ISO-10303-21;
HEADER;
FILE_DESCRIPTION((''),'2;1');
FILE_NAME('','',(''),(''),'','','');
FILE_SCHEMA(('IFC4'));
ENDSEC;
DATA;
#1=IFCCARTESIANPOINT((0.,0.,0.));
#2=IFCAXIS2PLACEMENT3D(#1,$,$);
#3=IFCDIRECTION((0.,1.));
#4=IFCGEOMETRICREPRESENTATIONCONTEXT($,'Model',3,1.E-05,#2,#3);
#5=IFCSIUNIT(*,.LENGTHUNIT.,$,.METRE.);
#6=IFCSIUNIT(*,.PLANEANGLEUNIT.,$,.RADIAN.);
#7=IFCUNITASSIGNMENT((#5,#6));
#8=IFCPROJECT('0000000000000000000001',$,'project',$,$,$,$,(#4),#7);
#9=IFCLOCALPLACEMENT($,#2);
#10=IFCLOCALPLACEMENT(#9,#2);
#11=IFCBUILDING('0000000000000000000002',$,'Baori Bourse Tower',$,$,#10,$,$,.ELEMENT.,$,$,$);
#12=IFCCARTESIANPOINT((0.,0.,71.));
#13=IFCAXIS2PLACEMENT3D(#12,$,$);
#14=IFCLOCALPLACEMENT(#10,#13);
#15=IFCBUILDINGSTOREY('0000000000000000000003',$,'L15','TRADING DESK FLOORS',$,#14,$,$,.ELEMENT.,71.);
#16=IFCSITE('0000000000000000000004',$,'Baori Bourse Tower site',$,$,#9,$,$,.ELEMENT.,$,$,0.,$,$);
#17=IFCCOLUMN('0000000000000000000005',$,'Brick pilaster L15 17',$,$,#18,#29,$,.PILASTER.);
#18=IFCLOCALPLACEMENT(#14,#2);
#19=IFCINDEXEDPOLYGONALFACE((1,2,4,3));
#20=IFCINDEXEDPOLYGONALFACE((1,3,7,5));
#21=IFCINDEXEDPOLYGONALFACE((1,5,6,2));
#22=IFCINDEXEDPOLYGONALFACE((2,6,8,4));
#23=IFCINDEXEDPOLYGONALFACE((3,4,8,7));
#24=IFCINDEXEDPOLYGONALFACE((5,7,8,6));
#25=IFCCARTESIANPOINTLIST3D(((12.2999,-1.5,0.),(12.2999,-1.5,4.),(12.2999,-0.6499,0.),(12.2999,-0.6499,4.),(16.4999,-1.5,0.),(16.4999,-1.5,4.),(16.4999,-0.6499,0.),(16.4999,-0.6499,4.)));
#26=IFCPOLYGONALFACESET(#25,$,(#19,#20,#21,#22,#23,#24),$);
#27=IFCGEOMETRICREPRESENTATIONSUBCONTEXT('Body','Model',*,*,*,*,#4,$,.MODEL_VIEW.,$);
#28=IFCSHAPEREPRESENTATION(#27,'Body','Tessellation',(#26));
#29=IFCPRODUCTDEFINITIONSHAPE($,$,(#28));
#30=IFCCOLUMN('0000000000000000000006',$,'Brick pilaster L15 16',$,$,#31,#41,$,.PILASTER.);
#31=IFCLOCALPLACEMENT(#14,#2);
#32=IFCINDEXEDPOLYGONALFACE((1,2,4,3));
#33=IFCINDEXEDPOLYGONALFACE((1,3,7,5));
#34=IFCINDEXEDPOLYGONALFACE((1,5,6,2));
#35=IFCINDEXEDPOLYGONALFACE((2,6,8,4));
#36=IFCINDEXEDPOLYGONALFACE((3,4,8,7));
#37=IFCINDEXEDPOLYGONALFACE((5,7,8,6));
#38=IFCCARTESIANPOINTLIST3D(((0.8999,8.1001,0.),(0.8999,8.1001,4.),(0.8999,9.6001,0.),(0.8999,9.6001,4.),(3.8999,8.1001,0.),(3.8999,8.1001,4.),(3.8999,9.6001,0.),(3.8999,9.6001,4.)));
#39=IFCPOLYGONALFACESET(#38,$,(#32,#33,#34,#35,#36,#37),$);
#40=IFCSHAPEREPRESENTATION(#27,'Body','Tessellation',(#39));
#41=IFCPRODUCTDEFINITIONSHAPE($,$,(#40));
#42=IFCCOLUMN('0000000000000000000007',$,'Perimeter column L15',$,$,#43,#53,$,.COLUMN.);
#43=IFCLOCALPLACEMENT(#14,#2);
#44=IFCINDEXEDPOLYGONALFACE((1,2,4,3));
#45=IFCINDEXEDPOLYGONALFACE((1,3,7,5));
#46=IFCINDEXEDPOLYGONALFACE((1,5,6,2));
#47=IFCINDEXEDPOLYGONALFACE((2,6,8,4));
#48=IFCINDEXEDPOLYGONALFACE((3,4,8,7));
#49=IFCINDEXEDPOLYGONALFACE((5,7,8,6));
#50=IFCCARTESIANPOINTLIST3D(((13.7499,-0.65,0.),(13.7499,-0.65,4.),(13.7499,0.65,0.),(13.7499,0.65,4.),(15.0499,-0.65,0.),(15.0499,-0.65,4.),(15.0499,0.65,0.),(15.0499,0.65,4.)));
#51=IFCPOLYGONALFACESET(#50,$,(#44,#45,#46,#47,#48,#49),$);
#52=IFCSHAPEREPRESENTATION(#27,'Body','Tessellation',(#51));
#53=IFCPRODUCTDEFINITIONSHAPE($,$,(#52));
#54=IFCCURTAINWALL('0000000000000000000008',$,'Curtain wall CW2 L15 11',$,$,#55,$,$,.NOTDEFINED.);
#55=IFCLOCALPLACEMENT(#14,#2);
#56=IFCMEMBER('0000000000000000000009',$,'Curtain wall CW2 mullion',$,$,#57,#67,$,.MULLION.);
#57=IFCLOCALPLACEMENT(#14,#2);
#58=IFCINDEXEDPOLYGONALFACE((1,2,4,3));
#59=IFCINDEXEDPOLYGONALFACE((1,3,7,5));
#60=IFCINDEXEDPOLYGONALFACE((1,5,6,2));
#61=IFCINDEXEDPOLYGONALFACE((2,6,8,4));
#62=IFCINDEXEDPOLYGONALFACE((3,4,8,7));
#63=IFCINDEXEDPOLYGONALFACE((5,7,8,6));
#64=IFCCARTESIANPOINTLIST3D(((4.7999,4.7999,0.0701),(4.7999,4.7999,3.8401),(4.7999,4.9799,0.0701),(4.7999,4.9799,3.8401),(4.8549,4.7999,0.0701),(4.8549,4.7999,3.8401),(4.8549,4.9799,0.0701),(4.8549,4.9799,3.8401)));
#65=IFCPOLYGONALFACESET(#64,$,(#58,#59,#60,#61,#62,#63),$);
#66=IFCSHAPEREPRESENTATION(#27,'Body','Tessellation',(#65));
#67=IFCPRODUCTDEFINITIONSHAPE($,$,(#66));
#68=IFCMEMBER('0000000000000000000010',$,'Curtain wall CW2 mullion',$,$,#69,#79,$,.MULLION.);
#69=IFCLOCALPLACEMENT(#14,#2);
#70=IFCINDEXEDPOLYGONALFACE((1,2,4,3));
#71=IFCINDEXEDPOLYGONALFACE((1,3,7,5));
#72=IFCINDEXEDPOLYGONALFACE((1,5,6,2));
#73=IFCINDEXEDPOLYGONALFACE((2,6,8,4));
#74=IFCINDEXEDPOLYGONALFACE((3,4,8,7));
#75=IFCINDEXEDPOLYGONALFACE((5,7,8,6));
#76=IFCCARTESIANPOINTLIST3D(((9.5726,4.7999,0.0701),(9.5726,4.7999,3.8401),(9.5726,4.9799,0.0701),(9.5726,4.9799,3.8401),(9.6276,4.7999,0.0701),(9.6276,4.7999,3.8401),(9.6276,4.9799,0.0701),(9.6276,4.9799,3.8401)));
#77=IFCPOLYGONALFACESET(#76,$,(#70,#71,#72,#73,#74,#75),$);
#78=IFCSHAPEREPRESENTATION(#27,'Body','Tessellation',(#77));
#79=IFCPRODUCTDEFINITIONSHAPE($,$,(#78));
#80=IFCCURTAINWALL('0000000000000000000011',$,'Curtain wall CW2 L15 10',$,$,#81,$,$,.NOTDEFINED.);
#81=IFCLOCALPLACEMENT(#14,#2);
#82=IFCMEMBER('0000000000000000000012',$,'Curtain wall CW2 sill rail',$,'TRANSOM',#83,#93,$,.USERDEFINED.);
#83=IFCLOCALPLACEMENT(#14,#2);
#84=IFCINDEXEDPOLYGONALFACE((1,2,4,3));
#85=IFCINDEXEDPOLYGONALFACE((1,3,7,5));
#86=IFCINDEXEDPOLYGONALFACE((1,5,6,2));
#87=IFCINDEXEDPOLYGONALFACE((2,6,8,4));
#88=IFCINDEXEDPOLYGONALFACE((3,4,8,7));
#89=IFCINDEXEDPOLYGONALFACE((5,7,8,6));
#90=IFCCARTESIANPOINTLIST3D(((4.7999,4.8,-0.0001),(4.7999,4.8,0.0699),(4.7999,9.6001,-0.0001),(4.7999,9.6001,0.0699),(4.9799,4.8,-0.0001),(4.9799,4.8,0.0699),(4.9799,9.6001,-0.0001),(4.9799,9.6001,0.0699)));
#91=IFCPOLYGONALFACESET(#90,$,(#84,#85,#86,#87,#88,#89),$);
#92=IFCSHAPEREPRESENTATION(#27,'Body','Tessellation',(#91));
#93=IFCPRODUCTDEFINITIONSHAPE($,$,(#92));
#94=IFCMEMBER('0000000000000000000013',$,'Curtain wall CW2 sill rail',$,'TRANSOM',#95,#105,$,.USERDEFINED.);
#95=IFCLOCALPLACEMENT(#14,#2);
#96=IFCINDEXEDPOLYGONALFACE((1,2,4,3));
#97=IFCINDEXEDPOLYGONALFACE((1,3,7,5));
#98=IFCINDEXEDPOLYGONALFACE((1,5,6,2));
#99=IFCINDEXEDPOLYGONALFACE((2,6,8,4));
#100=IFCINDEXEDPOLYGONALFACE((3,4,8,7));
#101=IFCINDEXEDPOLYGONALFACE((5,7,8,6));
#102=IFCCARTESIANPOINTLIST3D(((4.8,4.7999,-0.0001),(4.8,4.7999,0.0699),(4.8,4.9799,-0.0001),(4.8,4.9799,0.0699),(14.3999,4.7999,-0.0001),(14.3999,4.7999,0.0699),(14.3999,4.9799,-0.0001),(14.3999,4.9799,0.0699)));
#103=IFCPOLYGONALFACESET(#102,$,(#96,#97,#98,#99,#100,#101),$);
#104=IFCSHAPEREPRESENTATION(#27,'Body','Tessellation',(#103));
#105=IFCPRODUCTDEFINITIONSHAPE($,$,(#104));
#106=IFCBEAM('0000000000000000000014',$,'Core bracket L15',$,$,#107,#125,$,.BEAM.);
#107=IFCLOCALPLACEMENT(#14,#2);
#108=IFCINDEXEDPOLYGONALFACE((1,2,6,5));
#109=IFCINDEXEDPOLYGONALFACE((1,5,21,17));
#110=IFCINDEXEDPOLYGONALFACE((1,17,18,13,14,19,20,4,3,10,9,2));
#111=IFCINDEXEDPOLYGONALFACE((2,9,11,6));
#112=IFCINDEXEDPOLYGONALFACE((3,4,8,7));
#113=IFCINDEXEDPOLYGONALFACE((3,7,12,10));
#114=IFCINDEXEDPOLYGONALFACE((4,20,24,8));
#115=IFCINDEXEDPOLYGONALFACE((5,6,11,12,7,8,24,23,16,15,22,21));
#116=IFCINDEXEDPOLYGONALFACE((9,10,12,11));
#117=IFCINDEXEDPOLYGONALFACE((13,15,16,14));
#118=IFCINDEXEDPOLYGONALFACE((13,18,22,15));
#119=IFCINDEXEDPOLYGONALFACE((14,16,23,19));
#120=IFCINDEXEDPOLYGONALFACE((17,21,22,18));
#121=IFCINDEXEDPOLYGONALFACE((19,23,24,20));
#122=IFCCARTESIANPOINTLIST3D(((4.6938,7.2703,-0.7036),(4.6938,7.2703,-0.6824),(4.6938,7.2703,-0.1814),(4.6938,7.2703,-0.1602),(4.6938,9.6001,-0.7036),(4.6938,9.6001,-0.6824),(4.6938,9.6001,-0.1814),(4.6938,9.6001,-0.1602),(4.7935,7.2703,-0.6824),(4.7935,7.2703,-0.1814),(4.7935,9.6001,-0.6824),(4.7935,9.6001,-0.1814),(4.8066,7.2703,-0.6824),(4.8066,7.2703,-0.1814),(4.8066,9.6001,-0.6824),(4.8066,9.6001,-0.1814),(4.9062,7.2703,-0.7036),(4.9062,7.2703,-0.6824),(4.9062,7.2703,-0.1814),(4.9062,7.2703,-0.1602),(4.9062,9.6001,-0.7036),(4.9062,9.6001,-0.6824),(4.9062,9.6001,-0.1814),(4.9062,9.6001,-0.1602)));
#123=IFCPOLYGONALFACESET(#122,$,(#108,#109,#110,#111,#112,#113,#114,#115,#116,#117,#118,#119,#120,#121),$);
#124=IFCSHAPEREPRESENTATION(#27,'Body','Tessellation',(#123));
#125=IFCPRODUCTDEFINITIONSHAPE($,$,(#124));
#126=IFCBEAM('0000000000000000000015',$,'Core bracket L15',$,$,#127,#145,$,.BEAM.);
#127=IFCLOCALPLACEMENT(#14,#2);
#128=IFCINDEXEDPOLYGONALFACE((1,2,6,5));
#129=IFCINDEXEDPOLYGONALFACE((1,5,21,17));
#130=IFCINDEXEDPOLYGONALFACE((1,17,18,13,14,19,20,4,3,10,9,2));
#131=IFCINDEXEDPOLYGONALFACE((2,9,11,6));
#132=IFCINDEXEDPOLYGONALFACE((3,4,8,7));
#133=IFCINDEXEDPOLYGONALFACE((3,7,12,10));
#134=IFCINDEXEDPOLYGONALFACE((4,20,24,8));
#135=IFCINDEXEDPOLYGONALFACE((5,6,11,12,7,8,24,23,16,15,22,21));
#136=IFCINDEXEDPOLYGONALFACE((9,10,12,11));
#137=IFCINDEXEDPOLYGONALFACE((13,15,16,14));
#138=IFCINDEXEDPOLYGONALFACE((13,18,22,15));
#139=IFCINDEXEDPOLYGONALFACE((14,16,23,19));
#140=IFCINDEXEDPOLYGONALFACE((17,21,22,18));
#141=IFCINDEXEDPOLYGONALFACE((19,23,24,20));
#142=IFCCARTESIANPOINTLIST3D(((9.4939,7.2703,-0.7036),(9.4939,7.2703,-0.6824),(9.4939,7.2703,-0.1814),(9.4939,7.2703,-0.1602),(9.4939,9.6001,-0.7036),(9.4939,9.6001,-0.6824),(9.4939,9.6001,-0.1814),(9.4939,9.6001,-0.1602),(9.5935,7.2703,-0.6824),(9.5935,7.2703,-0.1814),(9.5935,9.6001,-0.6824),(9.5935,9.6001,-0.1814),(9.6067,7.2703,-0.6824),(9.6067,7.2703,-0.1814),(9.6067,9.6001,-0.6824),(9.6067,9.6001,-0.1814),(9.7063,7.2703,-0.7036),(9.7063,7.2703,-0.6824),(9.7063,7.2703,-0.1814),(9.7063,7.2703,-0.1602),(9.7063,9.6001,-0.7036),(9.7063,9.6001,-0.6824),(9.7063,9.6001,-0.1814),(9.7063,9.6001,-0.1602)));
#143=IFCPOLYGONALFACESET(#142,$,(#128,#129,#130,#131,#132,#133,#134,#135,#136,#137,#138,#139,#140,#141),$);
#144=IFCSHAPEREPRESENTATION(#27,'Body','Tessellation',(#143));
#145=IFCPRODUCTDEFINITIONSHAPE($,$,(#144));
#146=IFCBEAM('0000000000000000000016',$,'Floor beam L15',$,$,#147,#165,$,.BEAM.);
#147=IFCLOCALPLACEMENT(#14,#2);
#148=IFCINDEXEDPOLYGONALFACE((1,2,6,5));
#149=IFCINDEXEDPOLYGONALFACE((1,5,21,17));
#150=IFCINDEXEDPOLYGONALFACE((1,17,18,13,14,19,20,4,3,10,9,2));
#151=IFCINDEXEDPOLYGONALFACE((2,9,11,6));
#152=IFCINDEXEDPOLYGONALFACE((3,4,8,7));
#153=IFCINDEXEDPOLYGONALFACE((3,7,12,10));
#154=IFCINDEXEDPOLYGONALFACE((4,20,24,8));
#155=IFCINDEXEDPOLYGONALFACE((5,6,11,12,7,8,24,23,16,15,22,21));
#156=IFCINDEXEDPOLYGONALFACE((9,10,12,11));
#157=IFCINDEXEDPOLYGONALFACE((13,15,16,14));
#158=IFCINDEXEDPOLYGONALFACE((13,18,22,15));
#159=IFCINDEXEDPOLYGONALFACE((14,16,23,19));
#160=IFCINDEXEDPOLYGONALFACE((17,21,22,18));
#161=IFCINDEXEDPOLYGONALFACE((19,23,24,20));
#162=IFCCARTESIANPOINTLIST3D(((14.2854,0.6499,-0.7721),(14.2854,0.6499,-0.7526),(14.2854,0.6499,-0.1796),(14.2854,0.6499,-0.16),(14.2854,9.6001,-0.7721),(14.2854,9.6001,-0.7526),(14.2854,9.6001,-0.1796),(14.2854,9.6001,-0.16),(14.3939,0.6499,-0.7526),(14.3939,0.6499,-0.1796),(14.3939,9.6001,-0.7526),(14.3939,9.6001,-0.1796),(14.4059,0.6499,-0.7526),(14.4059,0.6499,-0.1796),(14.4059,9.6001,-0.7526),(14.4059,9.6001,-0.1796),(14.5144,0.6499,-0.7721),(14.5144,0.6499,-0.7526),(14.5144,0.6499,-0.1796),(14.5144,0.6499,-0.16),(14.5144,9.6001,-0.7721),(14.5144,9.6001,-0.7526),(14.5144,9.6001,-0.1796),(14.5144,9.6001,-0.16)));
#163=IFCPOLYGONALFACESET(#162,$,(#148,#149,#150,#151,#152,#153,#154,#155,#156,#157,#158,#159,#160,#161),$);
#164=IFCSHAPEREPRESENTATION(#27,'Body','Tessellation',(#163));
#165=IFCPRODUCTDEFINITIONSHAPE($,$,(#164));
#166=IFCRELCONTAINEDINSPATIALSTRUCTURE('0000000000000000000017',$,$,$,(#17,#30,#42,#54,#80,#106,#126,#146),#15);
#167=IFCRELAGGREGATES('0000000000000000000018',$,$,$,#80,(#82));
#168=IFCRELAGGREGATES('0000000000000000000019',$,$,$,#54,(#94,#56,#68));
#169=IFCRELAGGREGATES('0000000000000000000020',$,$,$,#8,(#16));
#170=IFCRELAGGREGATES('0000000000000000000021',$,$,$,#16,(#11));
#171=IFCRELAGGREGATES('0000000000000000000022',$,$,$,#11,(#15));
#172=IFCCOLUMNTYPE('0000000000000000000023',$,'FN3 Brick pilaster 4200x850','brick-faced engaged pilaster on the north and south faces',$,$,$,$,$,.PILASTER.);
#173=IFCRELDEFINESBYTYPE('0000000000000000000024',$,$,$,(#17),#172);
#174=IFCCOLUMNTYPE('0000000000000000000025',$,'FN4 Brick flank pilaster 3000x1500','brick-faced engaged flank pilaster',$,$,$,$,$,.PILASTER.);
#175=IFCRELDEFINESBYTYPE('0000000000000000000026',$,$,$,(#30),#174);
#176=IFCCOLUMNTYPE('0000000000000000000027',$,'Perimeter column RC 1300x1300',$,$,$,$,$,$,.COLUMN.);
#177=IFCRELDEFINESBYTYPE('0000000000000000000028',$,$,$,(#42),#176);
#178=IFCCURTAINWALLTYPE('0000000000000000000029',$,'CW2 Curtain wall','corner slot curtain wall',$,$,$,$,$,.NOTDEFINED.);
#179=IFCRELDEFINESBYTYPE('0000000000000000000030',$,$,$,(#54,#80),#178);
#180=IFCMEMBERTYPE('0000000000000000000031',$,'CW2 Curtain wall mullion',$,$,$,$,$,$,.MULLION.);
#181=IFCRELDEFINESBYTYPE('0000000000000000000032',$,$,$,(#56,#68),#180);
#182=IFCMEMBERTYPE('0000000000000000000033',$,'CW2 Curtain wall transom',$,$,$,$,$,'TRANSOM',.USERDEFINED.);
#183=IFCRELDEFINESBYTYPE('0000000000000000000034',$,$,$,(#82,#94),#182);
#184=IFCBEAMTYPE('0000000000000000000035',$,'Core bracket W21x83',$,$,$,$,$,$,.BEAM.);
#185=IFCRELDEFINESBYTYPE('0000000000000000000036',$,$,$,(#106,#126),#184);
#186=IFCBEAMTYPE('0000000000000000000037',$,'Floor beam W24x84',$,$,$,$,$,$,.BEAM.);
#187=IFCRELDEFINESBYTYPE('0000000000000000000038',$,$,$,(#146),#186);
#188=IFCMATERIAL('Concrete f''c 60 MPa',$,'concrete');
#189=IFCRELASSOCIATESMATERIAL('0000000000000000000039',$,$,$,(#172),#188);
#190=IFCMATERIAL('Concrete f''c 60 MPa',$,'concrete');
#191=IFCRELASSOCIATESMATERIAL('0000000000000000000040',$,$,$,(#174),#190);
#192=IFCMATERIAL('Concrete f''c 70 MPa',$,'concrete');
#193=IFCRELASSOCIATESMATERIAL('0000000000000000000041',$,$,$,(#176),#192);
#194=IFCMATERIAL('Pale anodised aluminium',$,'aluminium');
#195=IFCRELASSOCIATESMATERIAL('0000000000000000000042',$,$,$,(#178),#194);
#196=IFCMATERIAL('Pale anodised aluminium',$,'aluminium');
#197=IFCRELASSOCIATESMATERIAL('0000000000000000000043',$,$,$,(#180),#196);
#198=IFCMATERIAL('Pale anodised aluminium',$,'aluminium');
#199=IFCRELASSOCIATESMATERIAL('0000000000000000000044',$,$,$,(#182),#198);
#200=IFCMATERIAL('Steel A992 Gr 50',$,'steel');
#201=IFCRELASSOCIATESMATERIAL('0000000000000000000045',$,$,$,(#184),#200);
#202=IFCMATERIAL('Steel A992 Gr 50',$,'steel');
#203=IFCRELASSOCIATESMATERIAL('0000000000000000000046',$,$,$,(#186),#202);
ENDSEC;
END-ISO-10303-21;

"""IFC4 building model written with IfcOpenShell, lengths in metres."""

from ifc_helpers import new_model, si_unit, direction, frame, origin, origin_2d, place, context, subcontext, project, spatial, rectangle, i_section, extrude, material, material_profile, profile_set, type_object, element, aggregate, save


model = new_model("IFC4")

# Units and contexts
model_context = context("Model", 3, precision=1e-05, world=origin(), true_north=direction((0.0, 1.0)))
body_context = subcontext(model_context, "Body", "Model", "MODEL_VIEW")
ifc_project = project(units=[si_unit("LENGTHUNIT", "METRE"), si_unit("PLANEANGLEUNIT", "RADIAN")], contexts=[model_context])

# Site, building, storey
site_placement = place(None, origin())
site = spatial("IfcSite", under=ifc_project, at=site_placement, Name="Baori Bourse Tower site", CompositionType="ELEMENT", RefElevation=0.0)
building_placement = place(site_placement, origin())
building = spatial("IfcBuilding", under=site, at=building_placement, Name="Baori Bourse Tower", CompositionType="ELEMENT")
storey_placement = place(building_placement, frame((0.0, 0.0, 71.0)))
storey = spatial("IfcBuildingStorey", under=building, at=storey_placement, Name="L15", Description="TRADING DESK FLOORS", CompositionType="ELEMENT", Elevation=71.0)

# Columns
ifc_material_1 = material(Name="Concrete f'c 60 MPa", Category="concrete")
ifc_material_profile_1 = material_profile(ifc_material_1, rectangle(XDim=4.2, YDim=0.8501, at=origin_2d()), Name="RC 4200x850")
ifc_profile_set_1 = profile_set([ifc_material_profile_1], Name="Concrete f'c 60 MPa")
column_type_1 = type_object("IfcColumnType", Name="FN3 Brick pilaster 4200x850", Description="brick-faced engaged pilaster on the north and south faces", PredefinedType="PILASTER", material=ifc_profile_set_1)
column_1_placement = place(storey_placement, frame((14.3999, -1.075, 0.0), z_axis=(0.0, 0.0, 1.0), x_axis=(1.0, 0.0, 0.0)))
element("IfcColumn", 1, at=column_1_placement, inside=storey, type_object=column_type_1, Name="Brick pilaster L15 17", PredefinedType="PILASTER", context=body_context, shape_type="SweptSolid", body=[
    extrude(rectangle(XDim=4.2, YDim=0.8501, at=origin_2d()), origin(), (0.0, 0.0, 1.0), 4.0),
])
ifc_material_2 = material(Name="Concrete f'c 60 MPa", Category="concrete")
ifc_material_profile_2 = material_profile(ifc_material_2, rectangle(XDim=3.0, YDim=1.5, at=origin_2d()), Name="RC 3000x1500")
ifc_profile_set_2 = profile_set([ifc_material_profile_2], Name="Concrete f'c 60 MPa")
column_type_2 = type_object("IfcColumnType", Name="FN4 Brick flank pilaster 3000x1500", Description="brick-faced engaged flank pilaster", PredefinedType="PILASTER", material=ifc_profile_set_2)
column_2_placement = place(storey_placement, frame((2.3999, 8.8501, 0.0), z_axis=(0.0, 0.0, 1.0), x_axis=(1.0, 0.0, 0.0)))
element("IfcColumn", 2, at=column_2_placement, inside=storey, type_object=column_type_2, Name="Brick pilaster L15 16", PredefinedType="PILASTER", context=body_context, shape_type="SweptSolid", body=[
    extrude(rectangle(XDim=3.0, YDim=1.5, at=origin_2d()), origin(), (0.0, 0.0, 1.0), 4.0),
])
ifc_material_3 = material(Name="Concrete f'c 70 MPa", Category="concrete")
ifc_material_profile_3 = material_profile(ifc_material_3, rectangle(XDim=1.3, YDim=1.3, at=origin_2d()), Name="RC 1300x1300")
ifc_profile_set_3 = profile_set([ifc_material_profile_3], Name="Concrete f'c 70 MPa")
column_type_3 = type_object("IfcColumnType", Name="Perimeter column RC 1300x1300", PredefinedType="COLUMN", material=ifc_profile_set_3)
column_3_placement = place(storey_placement, frame((14.3999, 0.0, 0.0), z_axis=(0.0, 0.0, 1.0), x_axis=(1.0, 0.0, 0.0)))
element("IfcColumn", 3, at=column_3_placement, inside=storey, type_object=column_type_3, Name="Perimeter column L15", PredefinedType="COLUMN", context=body_context, shape_type="SweptSolid", body=[
    extrude(rectangle(XDim=1.3, YDim=1.3, at=origin_2d()), origin(), (0.0, 0.0, 1.0), 4.0),
])

# Curtain wall, members
ifc_material_4 = material(Name="Pale anodised aluminium", Category="aluminium")
curtain_wall_type = type_object("IfcCurtainWallType", Name="CW2 Curtain wall", Description="corner slot curtain wall", PredefinedType="NOTDEFINED", material=ifc_material_4)
curtain_wall_1_placement = place(storey_placement, origin())
curtain_wall_1 = element("IfcCurtainWall", 4, at=curtain_wall_1_placement, inside=storey, type_object=curtain_wall_type, Name="Curtain wall CW2 L15 11", PredefinedType="NOTDEFINED")
ifc_material_5 = material(Name="Pale anodised aluminium", Category="aluminium")
ifc_material_profile_4 = material_profile(ifc_material_5, rectangle(XDim=0.1799, YDim=0.0549, at=origin_2d()), Name="Mullion 55x180")
ifc_profile_set_4 = profile_set([ifc_material_profile_4], Name="Pale anodised aluminium")
member_type_1 = type_object("IfcMemberType", Name="CW2 Curtain wall mullion", PredefinedType="MULLION", material=ifc_profile_set_4)
member_1_placement = place(storey_placement, frame((4.8274, 4.8899, 0.0701), z_axis=(0.0, 0.0, 1.0), x_axis=(0.0, 1.0, 0.0)))
member_1 = element("IfcMember", 5, at=member_1_placement, type_object=member_type_1, Name="Curtain wall CW2 mullion", PredefinedType="MULLION", context=body_context, shape_type="SweptSolid", body=[
    extrude(rectangle(XDim=0.1799, YDim=0.0549, at=origin_2d()), origin(), (0.0, 0.0, 1.0), 3.77),
])
member_2_placement = place(storey_placement, frame((9.6001, 4.8899, 0.0701), z_axis=(0.0, 0.0, 1.0), x_axis=(0.0, 1.0, 0.0)))
member_2 = element("IfcMember", 6, at=member_2_placement, type_object=member_type_1, Name="Curtain wall CW2 mullion", PredefinedType="MULLION", context=body_context, shape_type="SweptSolid", body=[
    extrude(rectangle(XDim=0.1799, YDim=0.0549, at=origin_2d()), origin(), (0.0, 0.0, 1.0), 3.77),
])

# Curtain wall, member
curtain_wall_2_placement = place(storey_placement, origin())
curtain_wall_2 = element("IfcCurtainWall", 7, at=curtain_wall_2_placement, inside=storey, type_object=curtain_wall_type, Name="Curtain wall CW2 L15 10", PredefinedType="NOTDEFINED")
ifc_material_6 = material(Name="Pale anodised aluminium", Category="aluminium")
ifc_material_profile_5 = material_profile(ifc_material_6, rectangle(XDim=0.1799, YDim=0.0701, at=origin_2d()), Name="Transom 70x180")
ifc_profile_set_5 = profile_set([ifc_material_profile_5], Name="Pale anodised aluminium")
member_type_2 = type_object("IfcMemberType", Name="CW2 Curtain wall transom", ElementType="TRANSOM", PredefinedType="USERDEFINED", material=ifc_profile_set_5)
member_3_placement = place(storey_placement, frame((4.8899, 9.6001, 0.0349), z_axis=(0.0, -1.0, 0.0), x_axis=(1.0, 0.0, 0.0)))
member_3 = element("IfcMember", 8, at=member_3_placement, type_object=member_type_2, Name="Curtain wall CW2 sill rail", ObjectType="TRANSOM", PredefinedType="USERDEFINED", context=body_context, shape_type="SweptSolid", body=[
    extrude(rectangle(XDim=0.1799, YDim=0.0701, at=origin_2d()), origin(), (0.0, 0.0, 1.0), 4.8),
])

# Member
member_4_placement = place(storey_placement, frame((4.8, 4.8899, 0.0349), z_axis=(1.0, 0.0, 0.0), x_axis=(0.0, 1.0, 0.0)))
member_4 = element("IfcMember", 9, at=member_4_placement, type_object=member_type_2, Name="Curtain wall CW2 sill rail", ObjectType="TRANSOM", PredefinedType="USERDEFINED", context=body_context, shape_type="SweptSolid", body=[
    extrude(rectangle(XDim=0.1799, YDim=0.0701, at=origin_2d()), origin(), (0.0, 0.0, 1.0), 9.5999),
])

# Beams
ifc_material_7 = material(Name="Steel A992 Gr 50", Category="steel")
ifc_material_profile_6 = material_profile(ifc_material_7, i_section(OverallWidth=0.2124, OverallDepth=0.5435, WebThickness=0.0132, FlangeThickness=0.0212, at=origin_2d()), Name="W21x83")
ifc_profile_set_6 = profile_set([ifc_material_profile_6], Name="Steel A992 Gr 50")
beam_type_1 = type_object("IfcBeamType", Name="Core bracket W21x83", PredefinedType="BEAM", material=ifc_profile_set_6)
for number, where, z_axis, x_axis, name in (
    (10, (4.8, 7.2703, -0.4319), (0.0, 1.0, 0.0), (-1.0, 0.0, 0.0), "Core bracket L15"),
    (11, (9.6001, 7.2703, -0.4319), (0.0, 1.0, 0.0), (-1.0, 0.0, 0.0), "Core bracket L15"),
):
    element("IfcBeam", number, at=place(storey_placement, frame(where, z_axis=z_axis, x_axis=x_axis)), inside=storey, type_object=beam_type_1, Name=name, PredefinedType="BEAM", context=body_context, shape_type="SweptSolid", body=[
        extrude(i_section(OverallWidth=0.2124, OverallDepth=0.5435, WebThickness=0.0132, FlangeThickness=0.0212, at=origin_2d()), origin(), (0.0, 0.0, 1.0), 2.3298),
    ])
ifc_material_8 = material(Name="Steel A992 Gr 50", Category="steel")
ifc_material_profile_7 = material_profile(ifc_material_8, i_section(OverallWidth=0.229, OverallDepth=0.6121, WebThickness=0.012, FlangeThickness=0.0195, at=origin_2d()), Name="W24x84")
ifc_profile_set_7 = profile_set([ifc_material_profile_7], Name="Steel A992 Gr 50")
beam_type_2 = type_object("IfcBeamType", Name="Floor beam W24x84", PredefinedType="BEAM", material=ifc_profile_set_7)
beam_1_placement = place(storey_placement, frame((14.3999, 0.6499, -0.4661), z_axis=(0.0, 1.0, 0.0), x_axis=(-1.0, 0.0, 0.0)))
element("IfcBeam", 12, at=beam_1_placement, inside=storey, type_object=beam_type_2, Name="Floor beam L15", PredefinedType="BEAM", context=body_context, shape_type="SweptSolid", body=[
    extrude(i_section(OverallWidth=0.229, OverallDepth=0.6121, WebThickness=0.012, FlangeThickness=0.0195, at=origin_2d()), origin(), (0.0, 0.0, 1.0), 8.9502),
])

aggregate(curtain_wall_2, [member_3])
aggregate(curtain_wall_1, [member_4, member_1, member_2])

save(model, "model.ifc")
